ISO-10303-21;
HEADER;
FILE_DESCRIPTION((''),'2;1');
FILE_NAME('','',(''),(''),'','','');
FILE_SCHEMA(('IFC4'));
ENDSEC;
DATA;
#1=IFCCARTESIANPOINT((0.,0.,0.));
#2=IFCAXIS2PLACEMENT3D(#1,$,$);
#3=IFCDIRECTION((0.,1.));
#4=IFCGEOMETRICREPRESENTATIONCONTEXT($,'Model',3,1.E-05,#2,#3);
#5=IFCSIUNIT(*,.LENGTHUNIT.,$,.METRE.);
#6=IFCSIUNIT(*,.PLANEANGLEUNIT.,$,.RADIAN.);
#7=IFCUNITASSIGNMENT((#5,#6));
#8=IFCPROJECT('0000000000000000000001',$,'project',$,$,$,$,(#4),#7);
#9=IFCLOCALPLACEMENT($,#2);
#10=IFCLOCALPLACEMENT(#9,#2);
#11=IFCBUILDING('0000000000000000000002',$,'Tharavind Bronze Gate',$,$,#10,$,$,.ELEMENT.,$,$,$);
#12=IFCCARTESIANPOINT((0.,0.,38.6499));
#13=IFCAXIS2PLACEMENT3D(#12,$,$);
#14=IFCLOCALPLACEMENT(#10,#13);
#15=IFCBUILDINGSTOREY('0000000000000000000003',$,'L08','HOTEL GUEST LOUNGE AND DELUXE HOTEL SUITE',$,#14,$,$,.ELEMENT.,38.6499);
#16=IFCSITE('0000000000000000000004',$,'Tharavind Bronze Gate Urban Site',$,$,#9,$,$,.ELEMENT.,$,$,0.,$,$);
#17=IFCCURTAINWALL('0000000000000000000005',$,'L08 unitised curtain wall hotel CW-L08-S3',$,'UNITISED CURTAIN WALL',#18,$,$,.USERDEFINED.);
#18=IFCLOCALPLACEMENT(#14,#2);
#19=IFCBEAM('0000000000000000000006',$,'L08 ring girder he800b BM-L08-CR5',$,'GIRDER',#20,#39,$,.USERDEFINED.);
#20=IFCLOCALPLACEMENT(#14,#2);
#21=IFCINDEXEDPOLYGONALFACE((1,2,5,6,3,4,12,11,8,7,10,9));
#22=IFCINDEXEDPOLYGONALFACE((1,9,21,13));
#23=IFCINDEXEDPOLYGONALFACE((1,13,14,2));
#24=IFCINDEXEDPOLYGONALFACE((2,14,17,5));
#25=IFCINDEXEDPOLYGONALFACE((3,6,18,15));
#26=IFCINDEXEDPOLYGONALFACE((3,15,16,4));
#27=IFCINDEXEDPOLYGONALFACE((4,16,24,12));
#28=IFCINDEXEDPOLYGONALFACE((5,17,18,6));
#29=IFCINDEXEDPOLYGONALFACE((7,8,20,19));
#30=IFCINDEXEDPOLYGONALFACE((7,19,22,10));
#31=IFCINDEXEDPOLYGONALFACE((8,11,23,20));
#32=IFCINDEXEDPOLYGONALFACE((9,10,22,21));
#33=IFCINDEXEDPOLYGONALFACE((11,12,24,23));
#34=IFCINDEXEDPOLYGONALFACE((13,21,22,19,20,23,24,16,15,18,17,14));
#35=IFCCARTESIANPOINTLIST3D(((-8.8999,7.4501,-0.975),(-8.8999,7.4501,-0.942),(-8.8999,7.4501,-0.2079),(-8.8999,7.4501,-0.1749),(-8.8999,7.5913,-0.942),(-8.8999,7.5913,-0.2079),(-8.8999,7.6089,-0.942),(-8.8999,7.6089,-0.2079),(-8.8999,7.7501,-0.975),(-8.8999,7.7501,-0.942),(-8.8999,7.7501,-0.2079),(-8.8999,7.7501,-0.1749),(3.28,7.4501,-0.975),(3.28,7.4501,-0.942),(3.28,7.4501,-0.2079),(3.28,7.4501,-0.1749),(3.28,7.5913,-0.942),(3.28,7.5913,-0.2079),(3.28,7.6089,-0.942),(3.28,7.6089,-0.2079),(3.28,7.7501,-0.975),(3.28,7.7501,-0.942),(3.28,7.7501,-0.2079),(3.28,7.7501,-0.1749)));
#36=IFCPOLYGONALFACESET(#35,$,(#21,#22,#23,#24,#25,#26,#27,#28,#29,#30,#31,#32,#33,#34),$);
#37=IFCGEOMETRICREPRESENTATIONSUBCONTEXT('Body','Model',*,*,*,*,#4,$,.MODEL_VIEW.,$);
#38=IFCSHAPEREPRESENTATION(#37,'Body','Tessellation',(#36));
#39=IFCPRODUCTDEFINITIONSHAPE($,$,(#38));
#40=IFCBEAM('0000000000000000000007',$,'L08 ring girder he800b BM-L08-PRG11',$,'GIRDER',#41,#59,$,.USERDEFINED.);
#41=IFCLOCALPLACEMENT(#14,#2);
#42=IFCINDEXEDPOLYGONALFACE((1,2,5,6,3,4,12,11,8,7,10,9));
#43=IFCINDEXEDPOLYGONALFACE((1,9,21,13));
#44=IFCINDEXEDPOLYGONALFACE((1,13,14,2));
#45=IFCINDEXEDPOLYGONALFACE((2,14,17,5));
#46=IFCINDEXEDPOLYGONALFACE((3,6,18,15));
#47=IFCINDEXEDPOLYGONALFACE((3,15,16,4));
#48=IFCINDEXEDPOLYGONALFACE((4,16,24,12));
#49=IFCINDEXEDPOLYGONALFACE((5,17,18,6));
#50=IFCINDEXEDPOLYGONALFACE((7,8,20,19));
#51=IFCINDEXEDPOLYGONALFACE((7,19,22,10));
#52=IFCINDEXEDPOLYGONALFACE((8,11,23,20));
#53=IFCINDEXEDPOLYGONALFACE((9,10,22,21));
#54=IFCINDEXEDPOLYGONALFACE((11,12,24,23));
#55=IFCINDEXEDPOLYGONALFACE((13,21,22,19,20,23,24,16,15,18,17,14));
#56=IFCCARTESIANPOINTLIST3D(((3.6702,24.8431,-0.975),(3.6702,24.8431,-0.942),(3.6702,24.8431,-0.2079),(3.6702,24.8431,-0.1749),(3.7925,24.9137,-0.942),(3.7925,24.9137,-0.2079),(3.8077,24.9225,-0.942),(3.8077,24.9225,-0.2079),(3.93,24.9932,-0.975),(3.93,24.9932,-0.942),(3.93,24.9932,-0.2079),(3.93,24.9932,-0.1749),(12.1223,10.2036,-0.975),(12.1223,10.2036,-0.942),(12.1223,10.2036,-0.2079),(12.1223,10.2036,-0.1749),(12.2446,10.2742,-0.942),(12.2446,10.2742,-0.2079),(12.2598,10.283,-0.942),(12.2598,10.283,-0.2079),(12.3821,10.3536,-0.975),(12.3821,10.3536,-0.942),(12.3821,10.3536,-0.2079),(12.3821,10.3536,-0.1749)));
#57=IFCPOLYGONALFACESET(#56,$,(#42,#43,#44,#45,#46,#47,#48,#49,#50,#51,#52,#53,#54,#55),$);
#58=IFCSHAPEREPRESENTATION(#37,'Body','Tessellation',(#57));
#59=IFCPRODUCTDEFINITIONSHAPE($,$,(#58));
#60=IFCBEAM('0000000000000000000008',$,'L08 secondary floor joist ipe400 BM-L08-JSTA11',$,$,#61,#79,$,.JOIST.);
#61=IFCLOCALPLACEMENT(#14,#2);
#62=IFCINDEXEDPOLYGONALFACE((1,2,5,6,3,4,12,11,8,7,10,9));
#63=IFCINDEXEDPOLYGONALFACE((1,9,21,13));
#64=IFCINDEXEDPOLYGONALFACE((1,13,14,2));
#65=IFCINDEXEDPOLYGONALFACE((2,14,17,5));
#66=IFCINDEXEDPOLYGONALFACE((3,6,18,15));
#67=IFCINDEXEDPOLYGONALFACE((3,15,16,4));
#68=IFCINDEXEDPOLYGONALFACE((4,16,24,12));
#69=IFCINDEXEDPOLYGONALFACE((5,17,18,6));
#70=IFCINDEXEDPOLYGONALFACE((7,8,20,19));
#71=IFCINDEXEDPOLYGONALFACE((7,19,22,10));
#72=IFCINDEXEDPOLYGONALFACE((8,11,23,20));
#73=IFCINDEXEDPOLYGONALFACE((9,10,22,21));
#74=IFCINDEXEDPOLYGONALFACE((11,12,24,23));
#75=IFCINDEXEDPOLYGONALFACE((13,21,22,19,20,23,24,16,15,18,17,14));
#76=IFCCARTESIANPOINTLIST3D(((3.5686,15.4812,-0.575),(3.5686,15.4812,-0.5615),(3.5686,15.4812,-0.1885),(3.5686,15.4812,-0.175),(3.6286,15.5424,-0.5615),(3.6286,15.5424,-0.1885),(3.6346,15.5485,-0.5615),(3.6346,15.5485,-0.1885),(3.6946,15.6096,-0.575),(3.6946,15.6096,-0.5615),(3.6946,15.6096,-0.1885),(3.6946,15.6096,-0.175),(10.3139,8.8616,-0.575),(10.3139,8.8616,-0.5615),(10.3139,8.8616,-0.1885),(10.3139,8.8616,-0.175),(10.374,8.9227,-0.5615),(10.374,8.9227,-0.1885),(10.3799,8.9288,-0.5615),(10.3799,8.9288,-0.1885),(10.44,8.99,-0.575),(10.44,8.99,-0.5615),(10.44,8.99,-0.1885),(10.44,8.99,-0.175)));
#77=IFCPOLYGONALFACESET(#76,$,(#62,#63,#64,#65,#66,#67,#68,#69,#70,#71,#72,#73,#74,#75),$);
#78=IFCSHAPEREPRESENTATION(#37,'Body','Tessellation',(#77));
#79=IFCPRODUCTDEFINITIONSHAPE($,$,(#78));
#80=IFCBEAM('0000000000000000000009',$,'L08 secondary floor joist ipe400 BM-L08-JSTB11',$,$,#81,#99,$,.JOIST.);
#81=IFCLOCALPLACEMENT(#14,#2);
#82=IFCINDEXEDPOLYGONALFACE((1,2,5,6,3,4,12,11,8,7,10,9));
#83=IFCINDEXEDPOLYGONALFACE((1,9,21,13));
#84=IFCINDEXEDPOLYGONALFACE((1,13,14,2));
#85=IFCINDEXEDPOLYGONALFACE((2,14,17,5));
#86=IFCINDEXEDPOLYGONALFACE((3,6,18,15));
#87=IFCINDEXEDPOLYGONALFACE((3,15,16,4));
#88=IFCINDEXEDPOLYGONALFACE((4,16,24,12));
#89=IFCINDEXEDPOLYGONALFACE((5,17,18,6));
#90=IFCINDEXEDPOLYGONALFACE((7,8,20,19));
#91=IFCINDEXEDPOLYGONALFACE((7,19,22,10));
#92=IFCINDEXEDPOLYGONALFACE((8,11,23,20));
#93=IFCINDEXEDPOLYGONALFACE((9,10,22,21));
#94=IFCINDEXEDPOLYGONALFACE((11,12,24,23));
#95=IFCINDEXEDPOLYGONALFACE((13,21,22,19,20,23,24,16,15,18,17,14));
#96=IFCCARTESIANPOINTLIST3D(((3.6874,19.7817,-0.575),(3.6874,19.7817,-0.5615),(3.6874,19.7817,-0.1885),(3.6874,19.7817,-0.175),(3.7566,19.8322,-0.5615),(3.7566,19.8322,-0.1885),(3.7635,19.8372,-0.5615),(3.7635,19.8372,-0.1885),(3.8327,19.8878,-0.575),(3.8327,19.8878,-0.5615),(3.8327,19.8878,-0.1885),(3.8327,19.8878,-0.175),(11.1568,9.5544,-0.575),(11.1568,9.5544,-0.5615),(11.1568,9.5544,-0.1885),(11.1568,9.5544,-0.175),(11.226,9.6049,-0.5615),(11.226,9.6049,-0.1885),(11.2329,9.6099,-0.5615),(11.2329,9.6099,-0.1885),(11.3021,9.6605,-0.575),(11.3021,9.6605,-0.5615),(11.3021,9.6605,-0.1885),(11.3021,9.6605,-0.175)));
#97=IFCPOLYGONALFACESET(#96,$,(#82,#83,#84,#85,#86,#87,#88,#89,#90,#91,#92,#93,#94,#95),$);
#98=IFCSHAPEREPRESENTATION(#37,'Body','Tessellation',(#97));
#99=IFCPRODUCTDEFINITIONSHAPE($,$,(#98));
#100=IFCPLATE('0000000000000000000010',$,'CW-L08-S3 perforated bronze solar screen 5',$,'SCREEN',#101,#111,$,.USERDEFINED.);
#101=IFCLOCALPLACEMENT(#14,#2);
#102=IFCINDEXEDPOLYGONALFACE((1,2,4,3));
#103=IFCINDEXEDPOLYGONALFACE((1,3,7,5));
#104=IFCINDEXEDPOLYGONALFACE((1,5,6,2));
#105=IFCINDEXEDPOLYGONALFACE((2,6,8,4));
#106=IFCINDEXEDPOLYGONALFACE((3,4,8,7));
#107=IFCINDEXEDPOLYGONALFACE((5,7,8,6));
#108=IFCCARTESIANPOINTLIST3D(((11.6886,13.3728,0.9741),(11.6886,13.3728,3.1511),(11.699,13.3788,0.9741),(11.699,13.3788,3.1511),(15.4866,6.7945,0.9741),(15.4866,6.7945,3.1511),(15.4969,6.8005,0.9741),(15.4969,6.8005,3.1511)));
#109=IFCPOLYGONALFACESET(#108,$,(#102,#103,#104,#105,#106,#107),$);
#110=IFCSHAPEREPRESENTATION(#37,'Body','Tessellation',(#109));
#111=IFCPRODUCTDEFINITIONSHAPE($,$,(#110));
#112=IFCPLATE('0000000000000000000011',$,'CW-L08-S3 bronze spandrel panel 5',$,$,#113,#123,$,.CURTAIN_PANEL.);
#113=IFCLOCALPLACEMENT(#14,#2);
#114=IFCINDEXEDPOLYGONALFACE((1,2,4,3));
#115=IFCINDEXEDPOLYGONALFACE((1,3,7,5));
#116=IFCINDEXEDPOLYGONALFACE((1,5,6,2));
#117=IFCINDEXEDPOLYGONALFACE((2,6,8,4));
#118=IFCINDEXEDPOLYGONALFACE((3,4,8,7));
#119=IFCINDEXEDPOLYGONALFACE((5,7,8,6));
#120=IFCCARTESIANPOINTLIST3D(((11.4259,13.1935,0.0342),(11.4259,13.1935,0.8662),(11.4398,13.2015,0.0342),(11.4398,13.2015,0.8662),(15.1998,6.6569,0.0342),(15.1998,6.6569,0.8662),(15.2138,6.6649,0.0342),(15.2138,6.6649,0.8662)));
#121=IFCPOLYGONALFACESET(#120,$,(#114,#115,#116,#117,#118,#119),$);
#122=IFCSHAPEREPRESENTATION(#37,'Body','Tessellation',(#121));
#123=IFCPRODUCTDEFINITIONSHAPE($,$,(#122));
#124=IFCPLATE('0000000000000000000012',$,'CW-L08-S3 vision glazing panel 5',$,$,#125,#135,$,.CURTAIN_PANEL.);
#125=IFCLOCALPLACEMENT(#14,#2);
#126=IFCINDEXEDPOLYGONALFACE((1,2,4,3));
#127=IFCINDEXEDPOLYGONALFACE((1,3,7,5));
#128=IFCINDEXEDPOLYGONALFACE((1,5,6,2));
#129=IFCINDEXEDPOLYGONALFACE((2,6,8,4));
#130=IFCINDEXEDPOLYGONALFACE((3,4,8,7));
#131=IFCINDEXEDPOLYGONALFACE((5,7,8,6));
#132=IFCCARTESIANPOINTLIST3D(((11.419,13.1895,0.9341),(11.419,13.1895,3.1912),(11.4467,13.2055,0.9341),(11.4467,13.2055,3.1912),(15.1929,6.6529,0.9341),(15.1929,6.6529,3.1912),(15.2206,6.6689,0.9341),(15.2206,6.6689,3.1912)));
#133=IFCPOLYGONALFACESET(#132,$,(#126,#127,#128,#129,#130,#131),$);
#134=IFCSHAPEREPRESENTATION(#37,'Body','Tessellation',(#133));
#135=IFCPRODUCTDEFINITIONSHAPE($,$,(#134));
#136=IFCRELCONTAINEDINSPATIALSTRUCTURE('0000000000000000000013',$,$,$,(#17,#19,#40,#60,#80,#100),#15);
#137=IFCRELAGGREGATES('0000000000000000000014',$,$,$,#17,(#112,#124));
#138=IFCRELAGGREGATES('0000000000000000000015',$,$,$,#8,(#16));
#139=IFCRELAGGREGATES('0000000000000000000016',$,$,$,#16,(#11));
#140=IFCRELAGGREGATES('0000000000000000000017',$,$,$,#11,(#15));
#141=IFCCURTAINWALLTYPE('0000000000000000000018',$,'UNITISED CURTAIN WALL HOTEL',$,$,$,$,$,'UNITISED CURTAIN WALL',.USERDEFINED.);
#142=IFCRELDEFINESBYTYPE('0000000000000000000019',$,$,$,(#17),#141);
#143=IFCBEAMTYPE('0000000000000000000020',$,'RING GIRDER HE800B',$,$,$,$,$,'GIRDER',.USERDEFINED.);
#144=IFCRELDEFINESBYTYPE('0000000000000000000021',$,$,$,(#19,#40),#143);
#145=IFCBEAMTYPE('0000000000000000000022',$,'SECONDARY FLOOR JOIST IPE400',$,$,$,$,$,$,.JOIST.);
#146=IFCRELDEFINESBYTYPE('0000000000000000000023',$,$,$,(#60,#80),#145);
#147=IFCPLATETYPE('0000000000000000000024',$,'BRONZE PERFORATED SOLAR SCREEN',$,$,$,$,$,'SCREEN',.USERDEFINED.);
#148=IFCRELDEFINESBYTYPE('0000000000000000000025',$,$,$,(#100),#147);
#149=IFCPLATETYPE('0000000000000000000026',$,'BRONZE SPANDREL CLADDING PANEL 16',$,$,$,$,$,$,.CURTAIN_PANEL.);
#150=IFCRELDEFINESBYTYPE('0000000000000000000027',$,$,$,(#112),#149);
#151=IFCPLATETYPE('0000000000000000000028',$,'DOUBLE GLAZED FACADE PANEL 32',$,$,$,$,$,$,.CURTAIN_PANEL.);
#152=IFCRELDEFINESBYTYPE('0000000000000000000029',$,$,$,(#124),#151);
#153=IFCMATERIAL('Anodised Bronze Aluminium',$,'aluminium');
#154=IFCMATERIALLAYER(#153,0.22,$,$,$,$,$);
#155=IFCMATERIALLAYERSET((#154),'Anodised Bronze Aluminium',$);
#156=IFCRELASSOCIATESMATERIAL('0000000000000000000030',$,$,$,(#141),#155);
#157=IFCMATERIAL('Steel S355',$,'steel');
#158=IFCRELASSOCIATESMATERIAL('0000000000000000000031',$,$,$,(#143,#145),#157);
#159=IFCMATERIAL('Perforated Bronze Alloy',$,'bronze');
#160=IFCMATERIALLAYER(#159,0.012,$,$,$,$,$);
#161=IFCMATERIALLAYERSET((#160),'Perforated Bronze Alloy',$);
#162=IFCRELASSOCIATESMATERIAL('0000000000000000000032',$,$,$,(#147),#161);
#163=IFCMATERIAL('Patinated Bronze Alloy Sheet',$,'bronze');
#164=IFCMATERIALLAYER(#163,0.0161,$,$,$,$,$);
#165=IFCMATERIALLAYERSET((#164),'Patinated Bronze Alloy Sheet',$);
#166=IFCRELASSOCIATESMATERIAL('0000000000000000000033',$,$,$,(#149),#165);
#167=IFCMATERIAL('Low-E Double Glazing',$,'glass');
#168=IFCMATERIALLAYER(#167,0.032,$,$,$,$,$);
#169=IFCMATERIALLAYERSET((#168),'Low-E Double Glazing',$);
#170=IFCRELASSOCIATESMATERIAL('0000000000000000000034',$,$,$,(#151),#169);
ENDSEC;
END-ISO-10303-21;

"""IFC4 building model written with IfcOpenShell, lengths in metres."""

from ifc_helpers import new_model, si_unit, direction, frame, origin, origin_2d, place, context, subcontext, project, spatial, rectangle, i_section, extrude, material, layer, layer_set, material_profile, profile_set, type_object, element, aggregate, save


model = new_model("IFC4")

# Units and contexts
model_context = context("Model", 3, precision=1e-05, world=origin(), true_north=direction((0.0, 1.0)))
body_context = subcontext(model_context, "Body", "Model", "MODEL_VIEW")
ifc_project = project(units=[si_unit("LENGTHUNIT", "METRE"), si_unit("PLANEANGLEUNIT", "RADIAN")], contexts=[model_context])

# Site, building, storey
site_placement = place(None, origin())
site = spatial("IfcSite", under=ifc_project, at=site_placement, Name="Tharavind Bronze Gate Urban Site", CompositionType="ELEMENT", RefElevation=0.0)
building_placement = place(site_placement, origin())
building = spatial("IfcBuilding", under=site, at=building_placement, Name="Tharavind Bronze Gate", CompositionType="ELEMENT")
storey_placement = place(building_placement, frame((0.0, 0.0, 38.6499)))
storey = spatial("IfcBuildingStorey", under=building, at=storey_placement, Name="L08", Description="HOTEL GUEST LOUNGE AND DELUXE HOTEL SUITE", CompositionType="ELEMENT", Elevation=38.6499)

# Curtain wall
ifc_material_1 = material(Name="Anodised Bronze Aluminium", Category="aluminium")
ifc_layer_1 = layer(ifc_material_1, 0.22)
ifc_layer_set_1 = layer_set([ifc_layer_1], Name="Anodised Bronze Aluminium")
curtain_wall_type = type_object("IfcCurtainWallType", Name="UNITISED CURTAIN WALL HOTEL", ElementType="UNITISED CURTAIN WALL", PredefinedType="USERDEFINED", material=ifc_layer_set_1)
curtain_wall_placement = place(storey_placement, origin())
curtain_wall = element("IfcCurtainWall", 1, at=curtain_wall_placement, inside=storey, type_object=curtain_wall_type, Name="L08 unitised curtain wall hotel CW-L08-S3", ObjectType="UNITISED CURTAIN WALL", PredefinedType="USERDEFINED")

# Beams
ifc_material_2 = material(Name="Steel S355", Category="steel")
ifc_material_profile_1 = material_profile(ifc_material_2, i_section(OverallWidth=0.3, OverallDepth=0.8, WebThickness=0.0176, FlangeThickness=0.033, at=origin_2d()), Name="HE800B")
ifc_profile_set_1 = profile_set([ifc_material_profile_1], Name="Steel S355")
beam_type_1 = type_object("IfcBeamType", Name="RING GIRDER HE800B", ElementType="GIRDER", PredefinedType="USERDEFINED", material=ifc_profile_set_1)
beam_1_placement = place(storey_placement, frame((3.28, 7.6001, -0.575), z_axis=(-1.0, 0.0, 0.0), x_axis=(0.0, -1.0, 0.0)))
element("IfcBeam", 2, at=beam_1_placement, inside=storey, type_object=beam_type_1, Name="L08 ring girder he800b BM-L08-CR5", ObjectType="GIRDER", PredefinedType="USERDEFINED", context=body_context, shape_type="SweptSolid", body=[
    extrude(i_section(OverallWidth=0.3, OverallDepth=0.8, WebThickness=0.0176, FlangeThickness=0.033, at=origin_2d()), origin(), (0.0, 0.0, 1.0), 12.1799),
])
beam_2_placement = place(storey_placement, frame((12.2522, 10.2786, -0.575), z_axis=(-0.499997, 0.866027, 0.0), x_axis=(-0.866027, -0.499997, 0.0)))
element("IfcBeam", 3, at=beam_2_placement, inside=storey, type_object=beam_type_1, Name="L08 ring girder he800b BM-L08-PRG11", ObjectType="GIRDER", PredefinedType="USERDEFINED", context=body_context, shape_type="SweptSolid", body=[
    extrude(i_section(OverallWidth=0.3, OverallDepth=0.8, WebThickness=0.0176, FlangeThickness=0.033, at=origin_2d()), origin(), (0.0, 0.0, 1.0), 16.9043),
])
ifc_material_profile_2 = material_profile(ifc_material_2, i_section(OverallWidth=0.1799, OverallDepth=0.3999, WebThickness=0.0085, FlangeThickness=0.0134, at=origin_2d()), Name="IPE400")
ifc_profile_set_2 = profile_set([ifc_material_profile_2], Name="Steel S355")
beam_type_2 = type_object("IfcBeamType", Name="SECONDARY FLOOR JOIST IPE400", PredefinedType="JOIST", material=ifc_profile_set_2)
beam_3_placement = place(storey_placement, frame((10.377, 8.9258, -0.375), z_axis=(-0.713727, 0.700424, 0.0), x_axis=(-0.700424, -0.713727, 0.0)))
element("IfcBeam", 4, at=beam_3_placement, inside=storey, type_object=beam_type_2, Name="L08 secondary floor joist ipe400 BM-L08-JSTA11", PredefinedType="JOIST", context=body_context, shape_type="SweptSolid", body=[
    extrude(i_section(OverallWidth=0.1799, OverallDepth=0.3999, WebThickness=0.0085, FlangeThickness=0.0134, at=origin_2d()), origin(), (0.0, 0.0, 1.0), 9.4509),
])
beam_4_placement = place(storey_placement, frame((11.2295, 9.6074, -0.375), z_axis=(-0.589795, 0.807553, 0.0), x_axis=(-0.807553, -0.589795, 0.0)))
element("IfcBeam", 5, at=beam_4_placement, inside=storey, type_object=beam_type_2, Name="L08 secondary floor joist ipe400 BM-L08-JSTB11", PredefinedType="JOIST", context=body_context, shape_type="SweptSolid", body=[
    extrude(i_section(OverallWidth=0.1799, OverallDepth=0.3999, WebThickness=0.0085, FlangeThickness=0.0134, at=origin_2d()), origin(), (0.0, 0.0, 1.0), 12.6646),
])

# Plates
ifc_material_3 = material(Name="Perforated Bronze Alloy", Category="bronze")
ifc_layer_2 = layer(ifc_material_3, 0.012)
ifc_layer_set_2 = layer_set([ifc_layer_2], Name="Perforated Bronze Alloy")
plate_type_1 = type_object("IfcPlateType", Name="BRONZE PERFORATED SOLAR SCREEN", ElementType="SCREEN", PredefinedType="USERDEFINED", material=ifc_layer_set_2)
plate_1_placement = place(storey_placement, frame((13.5928, 10.0867, 0.9741), z_axis=(0.0, 0.0, 1.0), x_axis=(-0.500002, 0.866025, 0.0)))
element("IfcPlate", 6, at=plate_1_placement, inside=storey, type_object=plate_type_1, Name="CW-L08-S3 perforated bronze solar screen 5", ObjectType="SCREEN", PredefinedType="USERDEFINED", context=body_context, shape_type="SweptSolid", body=[
    extrude(rectangle(XDim=7.5959, YDim=0.012, at=origin_2d()), origin(), (0.0, 0.0, 1.0), 2.177),
])
ifc_material_4 = material(Name="Patinated Bronze Alloy Sheet", Category="bronze")
ifc_layer_3 = layer(ifc_material_4, 0.0161)
ifc_layer_set_3 = layer_set([ifc_layer_3], Name="Patinated Bronze Alloy Sheet")
plate_type_2 = type_object("IfcPlateType", Name="BRONZE SPANDREL CLADDING PANEL 16", PredefinedType="CURTAIN_PANEL", material=ifc_layer_set_3)
plate_2_placement = place(storey_placement, frame((13.3198, 9.9292, 0.0342), z_axis=(0.0, 0.0, 1.0), x_axis=(-0.500002, 0.866025, 0.0)))
plate_2 = element("IfcPlate", 7, at=plate_2_placement, type_object=plate_type_2, Name="CW-L08-S3 bronze spandrel panel 5", PredefinedType="CURTAIN_PANEL", context=body_context, shape_type="SweptSolid", body=[
    extrude(rectangle(XDim=7.5479, YDim=0.0161, at=origin_2d()), origin(), (0.0, 0.0, 1.0), 0.832),
])
ifc_material_5 = material(Name="Low-E Double Glazing", Category="glass")
ifc_layer_4 = layer(ifc_material_5, 0.032)
ifc_layer_set_4 = layer_set([ifc_layer_4], Name="Low-E Double Glazing")
plate_type_3 = type_object("IfcPlateType", Name="DOUBLE GLAZED FACADE PANEL 32", PredefinedType="CURTAIN_PANEL", material=ifc_layer_set_4)
plate_3_placement = place(storey_placement, frame((13.3198, 9.9292, 0.9341), z_axis=(0.0, 0.0, 1.0), x_axis=(-0.500002, 0.866025, 0.0)))
plate_3 = element("IfcPlate", 8, at=plate_3_placement, type_object=plate_type_3, Name="CW-L08-S3 vision glazing panel 5", PredefinedType="CURTAIN_PANEL", context=body_context, shape_type="SweptSolid", body=[
    extrude(rectangle(XDim=7.5479, YDim=0.032, at=origin_2d()), origin(), (0.0, 0.0, 1.0), 2.2571),
])
aggregate(curtain_wall, [plate_2, plate_3])

save(model, "model.ifc")
